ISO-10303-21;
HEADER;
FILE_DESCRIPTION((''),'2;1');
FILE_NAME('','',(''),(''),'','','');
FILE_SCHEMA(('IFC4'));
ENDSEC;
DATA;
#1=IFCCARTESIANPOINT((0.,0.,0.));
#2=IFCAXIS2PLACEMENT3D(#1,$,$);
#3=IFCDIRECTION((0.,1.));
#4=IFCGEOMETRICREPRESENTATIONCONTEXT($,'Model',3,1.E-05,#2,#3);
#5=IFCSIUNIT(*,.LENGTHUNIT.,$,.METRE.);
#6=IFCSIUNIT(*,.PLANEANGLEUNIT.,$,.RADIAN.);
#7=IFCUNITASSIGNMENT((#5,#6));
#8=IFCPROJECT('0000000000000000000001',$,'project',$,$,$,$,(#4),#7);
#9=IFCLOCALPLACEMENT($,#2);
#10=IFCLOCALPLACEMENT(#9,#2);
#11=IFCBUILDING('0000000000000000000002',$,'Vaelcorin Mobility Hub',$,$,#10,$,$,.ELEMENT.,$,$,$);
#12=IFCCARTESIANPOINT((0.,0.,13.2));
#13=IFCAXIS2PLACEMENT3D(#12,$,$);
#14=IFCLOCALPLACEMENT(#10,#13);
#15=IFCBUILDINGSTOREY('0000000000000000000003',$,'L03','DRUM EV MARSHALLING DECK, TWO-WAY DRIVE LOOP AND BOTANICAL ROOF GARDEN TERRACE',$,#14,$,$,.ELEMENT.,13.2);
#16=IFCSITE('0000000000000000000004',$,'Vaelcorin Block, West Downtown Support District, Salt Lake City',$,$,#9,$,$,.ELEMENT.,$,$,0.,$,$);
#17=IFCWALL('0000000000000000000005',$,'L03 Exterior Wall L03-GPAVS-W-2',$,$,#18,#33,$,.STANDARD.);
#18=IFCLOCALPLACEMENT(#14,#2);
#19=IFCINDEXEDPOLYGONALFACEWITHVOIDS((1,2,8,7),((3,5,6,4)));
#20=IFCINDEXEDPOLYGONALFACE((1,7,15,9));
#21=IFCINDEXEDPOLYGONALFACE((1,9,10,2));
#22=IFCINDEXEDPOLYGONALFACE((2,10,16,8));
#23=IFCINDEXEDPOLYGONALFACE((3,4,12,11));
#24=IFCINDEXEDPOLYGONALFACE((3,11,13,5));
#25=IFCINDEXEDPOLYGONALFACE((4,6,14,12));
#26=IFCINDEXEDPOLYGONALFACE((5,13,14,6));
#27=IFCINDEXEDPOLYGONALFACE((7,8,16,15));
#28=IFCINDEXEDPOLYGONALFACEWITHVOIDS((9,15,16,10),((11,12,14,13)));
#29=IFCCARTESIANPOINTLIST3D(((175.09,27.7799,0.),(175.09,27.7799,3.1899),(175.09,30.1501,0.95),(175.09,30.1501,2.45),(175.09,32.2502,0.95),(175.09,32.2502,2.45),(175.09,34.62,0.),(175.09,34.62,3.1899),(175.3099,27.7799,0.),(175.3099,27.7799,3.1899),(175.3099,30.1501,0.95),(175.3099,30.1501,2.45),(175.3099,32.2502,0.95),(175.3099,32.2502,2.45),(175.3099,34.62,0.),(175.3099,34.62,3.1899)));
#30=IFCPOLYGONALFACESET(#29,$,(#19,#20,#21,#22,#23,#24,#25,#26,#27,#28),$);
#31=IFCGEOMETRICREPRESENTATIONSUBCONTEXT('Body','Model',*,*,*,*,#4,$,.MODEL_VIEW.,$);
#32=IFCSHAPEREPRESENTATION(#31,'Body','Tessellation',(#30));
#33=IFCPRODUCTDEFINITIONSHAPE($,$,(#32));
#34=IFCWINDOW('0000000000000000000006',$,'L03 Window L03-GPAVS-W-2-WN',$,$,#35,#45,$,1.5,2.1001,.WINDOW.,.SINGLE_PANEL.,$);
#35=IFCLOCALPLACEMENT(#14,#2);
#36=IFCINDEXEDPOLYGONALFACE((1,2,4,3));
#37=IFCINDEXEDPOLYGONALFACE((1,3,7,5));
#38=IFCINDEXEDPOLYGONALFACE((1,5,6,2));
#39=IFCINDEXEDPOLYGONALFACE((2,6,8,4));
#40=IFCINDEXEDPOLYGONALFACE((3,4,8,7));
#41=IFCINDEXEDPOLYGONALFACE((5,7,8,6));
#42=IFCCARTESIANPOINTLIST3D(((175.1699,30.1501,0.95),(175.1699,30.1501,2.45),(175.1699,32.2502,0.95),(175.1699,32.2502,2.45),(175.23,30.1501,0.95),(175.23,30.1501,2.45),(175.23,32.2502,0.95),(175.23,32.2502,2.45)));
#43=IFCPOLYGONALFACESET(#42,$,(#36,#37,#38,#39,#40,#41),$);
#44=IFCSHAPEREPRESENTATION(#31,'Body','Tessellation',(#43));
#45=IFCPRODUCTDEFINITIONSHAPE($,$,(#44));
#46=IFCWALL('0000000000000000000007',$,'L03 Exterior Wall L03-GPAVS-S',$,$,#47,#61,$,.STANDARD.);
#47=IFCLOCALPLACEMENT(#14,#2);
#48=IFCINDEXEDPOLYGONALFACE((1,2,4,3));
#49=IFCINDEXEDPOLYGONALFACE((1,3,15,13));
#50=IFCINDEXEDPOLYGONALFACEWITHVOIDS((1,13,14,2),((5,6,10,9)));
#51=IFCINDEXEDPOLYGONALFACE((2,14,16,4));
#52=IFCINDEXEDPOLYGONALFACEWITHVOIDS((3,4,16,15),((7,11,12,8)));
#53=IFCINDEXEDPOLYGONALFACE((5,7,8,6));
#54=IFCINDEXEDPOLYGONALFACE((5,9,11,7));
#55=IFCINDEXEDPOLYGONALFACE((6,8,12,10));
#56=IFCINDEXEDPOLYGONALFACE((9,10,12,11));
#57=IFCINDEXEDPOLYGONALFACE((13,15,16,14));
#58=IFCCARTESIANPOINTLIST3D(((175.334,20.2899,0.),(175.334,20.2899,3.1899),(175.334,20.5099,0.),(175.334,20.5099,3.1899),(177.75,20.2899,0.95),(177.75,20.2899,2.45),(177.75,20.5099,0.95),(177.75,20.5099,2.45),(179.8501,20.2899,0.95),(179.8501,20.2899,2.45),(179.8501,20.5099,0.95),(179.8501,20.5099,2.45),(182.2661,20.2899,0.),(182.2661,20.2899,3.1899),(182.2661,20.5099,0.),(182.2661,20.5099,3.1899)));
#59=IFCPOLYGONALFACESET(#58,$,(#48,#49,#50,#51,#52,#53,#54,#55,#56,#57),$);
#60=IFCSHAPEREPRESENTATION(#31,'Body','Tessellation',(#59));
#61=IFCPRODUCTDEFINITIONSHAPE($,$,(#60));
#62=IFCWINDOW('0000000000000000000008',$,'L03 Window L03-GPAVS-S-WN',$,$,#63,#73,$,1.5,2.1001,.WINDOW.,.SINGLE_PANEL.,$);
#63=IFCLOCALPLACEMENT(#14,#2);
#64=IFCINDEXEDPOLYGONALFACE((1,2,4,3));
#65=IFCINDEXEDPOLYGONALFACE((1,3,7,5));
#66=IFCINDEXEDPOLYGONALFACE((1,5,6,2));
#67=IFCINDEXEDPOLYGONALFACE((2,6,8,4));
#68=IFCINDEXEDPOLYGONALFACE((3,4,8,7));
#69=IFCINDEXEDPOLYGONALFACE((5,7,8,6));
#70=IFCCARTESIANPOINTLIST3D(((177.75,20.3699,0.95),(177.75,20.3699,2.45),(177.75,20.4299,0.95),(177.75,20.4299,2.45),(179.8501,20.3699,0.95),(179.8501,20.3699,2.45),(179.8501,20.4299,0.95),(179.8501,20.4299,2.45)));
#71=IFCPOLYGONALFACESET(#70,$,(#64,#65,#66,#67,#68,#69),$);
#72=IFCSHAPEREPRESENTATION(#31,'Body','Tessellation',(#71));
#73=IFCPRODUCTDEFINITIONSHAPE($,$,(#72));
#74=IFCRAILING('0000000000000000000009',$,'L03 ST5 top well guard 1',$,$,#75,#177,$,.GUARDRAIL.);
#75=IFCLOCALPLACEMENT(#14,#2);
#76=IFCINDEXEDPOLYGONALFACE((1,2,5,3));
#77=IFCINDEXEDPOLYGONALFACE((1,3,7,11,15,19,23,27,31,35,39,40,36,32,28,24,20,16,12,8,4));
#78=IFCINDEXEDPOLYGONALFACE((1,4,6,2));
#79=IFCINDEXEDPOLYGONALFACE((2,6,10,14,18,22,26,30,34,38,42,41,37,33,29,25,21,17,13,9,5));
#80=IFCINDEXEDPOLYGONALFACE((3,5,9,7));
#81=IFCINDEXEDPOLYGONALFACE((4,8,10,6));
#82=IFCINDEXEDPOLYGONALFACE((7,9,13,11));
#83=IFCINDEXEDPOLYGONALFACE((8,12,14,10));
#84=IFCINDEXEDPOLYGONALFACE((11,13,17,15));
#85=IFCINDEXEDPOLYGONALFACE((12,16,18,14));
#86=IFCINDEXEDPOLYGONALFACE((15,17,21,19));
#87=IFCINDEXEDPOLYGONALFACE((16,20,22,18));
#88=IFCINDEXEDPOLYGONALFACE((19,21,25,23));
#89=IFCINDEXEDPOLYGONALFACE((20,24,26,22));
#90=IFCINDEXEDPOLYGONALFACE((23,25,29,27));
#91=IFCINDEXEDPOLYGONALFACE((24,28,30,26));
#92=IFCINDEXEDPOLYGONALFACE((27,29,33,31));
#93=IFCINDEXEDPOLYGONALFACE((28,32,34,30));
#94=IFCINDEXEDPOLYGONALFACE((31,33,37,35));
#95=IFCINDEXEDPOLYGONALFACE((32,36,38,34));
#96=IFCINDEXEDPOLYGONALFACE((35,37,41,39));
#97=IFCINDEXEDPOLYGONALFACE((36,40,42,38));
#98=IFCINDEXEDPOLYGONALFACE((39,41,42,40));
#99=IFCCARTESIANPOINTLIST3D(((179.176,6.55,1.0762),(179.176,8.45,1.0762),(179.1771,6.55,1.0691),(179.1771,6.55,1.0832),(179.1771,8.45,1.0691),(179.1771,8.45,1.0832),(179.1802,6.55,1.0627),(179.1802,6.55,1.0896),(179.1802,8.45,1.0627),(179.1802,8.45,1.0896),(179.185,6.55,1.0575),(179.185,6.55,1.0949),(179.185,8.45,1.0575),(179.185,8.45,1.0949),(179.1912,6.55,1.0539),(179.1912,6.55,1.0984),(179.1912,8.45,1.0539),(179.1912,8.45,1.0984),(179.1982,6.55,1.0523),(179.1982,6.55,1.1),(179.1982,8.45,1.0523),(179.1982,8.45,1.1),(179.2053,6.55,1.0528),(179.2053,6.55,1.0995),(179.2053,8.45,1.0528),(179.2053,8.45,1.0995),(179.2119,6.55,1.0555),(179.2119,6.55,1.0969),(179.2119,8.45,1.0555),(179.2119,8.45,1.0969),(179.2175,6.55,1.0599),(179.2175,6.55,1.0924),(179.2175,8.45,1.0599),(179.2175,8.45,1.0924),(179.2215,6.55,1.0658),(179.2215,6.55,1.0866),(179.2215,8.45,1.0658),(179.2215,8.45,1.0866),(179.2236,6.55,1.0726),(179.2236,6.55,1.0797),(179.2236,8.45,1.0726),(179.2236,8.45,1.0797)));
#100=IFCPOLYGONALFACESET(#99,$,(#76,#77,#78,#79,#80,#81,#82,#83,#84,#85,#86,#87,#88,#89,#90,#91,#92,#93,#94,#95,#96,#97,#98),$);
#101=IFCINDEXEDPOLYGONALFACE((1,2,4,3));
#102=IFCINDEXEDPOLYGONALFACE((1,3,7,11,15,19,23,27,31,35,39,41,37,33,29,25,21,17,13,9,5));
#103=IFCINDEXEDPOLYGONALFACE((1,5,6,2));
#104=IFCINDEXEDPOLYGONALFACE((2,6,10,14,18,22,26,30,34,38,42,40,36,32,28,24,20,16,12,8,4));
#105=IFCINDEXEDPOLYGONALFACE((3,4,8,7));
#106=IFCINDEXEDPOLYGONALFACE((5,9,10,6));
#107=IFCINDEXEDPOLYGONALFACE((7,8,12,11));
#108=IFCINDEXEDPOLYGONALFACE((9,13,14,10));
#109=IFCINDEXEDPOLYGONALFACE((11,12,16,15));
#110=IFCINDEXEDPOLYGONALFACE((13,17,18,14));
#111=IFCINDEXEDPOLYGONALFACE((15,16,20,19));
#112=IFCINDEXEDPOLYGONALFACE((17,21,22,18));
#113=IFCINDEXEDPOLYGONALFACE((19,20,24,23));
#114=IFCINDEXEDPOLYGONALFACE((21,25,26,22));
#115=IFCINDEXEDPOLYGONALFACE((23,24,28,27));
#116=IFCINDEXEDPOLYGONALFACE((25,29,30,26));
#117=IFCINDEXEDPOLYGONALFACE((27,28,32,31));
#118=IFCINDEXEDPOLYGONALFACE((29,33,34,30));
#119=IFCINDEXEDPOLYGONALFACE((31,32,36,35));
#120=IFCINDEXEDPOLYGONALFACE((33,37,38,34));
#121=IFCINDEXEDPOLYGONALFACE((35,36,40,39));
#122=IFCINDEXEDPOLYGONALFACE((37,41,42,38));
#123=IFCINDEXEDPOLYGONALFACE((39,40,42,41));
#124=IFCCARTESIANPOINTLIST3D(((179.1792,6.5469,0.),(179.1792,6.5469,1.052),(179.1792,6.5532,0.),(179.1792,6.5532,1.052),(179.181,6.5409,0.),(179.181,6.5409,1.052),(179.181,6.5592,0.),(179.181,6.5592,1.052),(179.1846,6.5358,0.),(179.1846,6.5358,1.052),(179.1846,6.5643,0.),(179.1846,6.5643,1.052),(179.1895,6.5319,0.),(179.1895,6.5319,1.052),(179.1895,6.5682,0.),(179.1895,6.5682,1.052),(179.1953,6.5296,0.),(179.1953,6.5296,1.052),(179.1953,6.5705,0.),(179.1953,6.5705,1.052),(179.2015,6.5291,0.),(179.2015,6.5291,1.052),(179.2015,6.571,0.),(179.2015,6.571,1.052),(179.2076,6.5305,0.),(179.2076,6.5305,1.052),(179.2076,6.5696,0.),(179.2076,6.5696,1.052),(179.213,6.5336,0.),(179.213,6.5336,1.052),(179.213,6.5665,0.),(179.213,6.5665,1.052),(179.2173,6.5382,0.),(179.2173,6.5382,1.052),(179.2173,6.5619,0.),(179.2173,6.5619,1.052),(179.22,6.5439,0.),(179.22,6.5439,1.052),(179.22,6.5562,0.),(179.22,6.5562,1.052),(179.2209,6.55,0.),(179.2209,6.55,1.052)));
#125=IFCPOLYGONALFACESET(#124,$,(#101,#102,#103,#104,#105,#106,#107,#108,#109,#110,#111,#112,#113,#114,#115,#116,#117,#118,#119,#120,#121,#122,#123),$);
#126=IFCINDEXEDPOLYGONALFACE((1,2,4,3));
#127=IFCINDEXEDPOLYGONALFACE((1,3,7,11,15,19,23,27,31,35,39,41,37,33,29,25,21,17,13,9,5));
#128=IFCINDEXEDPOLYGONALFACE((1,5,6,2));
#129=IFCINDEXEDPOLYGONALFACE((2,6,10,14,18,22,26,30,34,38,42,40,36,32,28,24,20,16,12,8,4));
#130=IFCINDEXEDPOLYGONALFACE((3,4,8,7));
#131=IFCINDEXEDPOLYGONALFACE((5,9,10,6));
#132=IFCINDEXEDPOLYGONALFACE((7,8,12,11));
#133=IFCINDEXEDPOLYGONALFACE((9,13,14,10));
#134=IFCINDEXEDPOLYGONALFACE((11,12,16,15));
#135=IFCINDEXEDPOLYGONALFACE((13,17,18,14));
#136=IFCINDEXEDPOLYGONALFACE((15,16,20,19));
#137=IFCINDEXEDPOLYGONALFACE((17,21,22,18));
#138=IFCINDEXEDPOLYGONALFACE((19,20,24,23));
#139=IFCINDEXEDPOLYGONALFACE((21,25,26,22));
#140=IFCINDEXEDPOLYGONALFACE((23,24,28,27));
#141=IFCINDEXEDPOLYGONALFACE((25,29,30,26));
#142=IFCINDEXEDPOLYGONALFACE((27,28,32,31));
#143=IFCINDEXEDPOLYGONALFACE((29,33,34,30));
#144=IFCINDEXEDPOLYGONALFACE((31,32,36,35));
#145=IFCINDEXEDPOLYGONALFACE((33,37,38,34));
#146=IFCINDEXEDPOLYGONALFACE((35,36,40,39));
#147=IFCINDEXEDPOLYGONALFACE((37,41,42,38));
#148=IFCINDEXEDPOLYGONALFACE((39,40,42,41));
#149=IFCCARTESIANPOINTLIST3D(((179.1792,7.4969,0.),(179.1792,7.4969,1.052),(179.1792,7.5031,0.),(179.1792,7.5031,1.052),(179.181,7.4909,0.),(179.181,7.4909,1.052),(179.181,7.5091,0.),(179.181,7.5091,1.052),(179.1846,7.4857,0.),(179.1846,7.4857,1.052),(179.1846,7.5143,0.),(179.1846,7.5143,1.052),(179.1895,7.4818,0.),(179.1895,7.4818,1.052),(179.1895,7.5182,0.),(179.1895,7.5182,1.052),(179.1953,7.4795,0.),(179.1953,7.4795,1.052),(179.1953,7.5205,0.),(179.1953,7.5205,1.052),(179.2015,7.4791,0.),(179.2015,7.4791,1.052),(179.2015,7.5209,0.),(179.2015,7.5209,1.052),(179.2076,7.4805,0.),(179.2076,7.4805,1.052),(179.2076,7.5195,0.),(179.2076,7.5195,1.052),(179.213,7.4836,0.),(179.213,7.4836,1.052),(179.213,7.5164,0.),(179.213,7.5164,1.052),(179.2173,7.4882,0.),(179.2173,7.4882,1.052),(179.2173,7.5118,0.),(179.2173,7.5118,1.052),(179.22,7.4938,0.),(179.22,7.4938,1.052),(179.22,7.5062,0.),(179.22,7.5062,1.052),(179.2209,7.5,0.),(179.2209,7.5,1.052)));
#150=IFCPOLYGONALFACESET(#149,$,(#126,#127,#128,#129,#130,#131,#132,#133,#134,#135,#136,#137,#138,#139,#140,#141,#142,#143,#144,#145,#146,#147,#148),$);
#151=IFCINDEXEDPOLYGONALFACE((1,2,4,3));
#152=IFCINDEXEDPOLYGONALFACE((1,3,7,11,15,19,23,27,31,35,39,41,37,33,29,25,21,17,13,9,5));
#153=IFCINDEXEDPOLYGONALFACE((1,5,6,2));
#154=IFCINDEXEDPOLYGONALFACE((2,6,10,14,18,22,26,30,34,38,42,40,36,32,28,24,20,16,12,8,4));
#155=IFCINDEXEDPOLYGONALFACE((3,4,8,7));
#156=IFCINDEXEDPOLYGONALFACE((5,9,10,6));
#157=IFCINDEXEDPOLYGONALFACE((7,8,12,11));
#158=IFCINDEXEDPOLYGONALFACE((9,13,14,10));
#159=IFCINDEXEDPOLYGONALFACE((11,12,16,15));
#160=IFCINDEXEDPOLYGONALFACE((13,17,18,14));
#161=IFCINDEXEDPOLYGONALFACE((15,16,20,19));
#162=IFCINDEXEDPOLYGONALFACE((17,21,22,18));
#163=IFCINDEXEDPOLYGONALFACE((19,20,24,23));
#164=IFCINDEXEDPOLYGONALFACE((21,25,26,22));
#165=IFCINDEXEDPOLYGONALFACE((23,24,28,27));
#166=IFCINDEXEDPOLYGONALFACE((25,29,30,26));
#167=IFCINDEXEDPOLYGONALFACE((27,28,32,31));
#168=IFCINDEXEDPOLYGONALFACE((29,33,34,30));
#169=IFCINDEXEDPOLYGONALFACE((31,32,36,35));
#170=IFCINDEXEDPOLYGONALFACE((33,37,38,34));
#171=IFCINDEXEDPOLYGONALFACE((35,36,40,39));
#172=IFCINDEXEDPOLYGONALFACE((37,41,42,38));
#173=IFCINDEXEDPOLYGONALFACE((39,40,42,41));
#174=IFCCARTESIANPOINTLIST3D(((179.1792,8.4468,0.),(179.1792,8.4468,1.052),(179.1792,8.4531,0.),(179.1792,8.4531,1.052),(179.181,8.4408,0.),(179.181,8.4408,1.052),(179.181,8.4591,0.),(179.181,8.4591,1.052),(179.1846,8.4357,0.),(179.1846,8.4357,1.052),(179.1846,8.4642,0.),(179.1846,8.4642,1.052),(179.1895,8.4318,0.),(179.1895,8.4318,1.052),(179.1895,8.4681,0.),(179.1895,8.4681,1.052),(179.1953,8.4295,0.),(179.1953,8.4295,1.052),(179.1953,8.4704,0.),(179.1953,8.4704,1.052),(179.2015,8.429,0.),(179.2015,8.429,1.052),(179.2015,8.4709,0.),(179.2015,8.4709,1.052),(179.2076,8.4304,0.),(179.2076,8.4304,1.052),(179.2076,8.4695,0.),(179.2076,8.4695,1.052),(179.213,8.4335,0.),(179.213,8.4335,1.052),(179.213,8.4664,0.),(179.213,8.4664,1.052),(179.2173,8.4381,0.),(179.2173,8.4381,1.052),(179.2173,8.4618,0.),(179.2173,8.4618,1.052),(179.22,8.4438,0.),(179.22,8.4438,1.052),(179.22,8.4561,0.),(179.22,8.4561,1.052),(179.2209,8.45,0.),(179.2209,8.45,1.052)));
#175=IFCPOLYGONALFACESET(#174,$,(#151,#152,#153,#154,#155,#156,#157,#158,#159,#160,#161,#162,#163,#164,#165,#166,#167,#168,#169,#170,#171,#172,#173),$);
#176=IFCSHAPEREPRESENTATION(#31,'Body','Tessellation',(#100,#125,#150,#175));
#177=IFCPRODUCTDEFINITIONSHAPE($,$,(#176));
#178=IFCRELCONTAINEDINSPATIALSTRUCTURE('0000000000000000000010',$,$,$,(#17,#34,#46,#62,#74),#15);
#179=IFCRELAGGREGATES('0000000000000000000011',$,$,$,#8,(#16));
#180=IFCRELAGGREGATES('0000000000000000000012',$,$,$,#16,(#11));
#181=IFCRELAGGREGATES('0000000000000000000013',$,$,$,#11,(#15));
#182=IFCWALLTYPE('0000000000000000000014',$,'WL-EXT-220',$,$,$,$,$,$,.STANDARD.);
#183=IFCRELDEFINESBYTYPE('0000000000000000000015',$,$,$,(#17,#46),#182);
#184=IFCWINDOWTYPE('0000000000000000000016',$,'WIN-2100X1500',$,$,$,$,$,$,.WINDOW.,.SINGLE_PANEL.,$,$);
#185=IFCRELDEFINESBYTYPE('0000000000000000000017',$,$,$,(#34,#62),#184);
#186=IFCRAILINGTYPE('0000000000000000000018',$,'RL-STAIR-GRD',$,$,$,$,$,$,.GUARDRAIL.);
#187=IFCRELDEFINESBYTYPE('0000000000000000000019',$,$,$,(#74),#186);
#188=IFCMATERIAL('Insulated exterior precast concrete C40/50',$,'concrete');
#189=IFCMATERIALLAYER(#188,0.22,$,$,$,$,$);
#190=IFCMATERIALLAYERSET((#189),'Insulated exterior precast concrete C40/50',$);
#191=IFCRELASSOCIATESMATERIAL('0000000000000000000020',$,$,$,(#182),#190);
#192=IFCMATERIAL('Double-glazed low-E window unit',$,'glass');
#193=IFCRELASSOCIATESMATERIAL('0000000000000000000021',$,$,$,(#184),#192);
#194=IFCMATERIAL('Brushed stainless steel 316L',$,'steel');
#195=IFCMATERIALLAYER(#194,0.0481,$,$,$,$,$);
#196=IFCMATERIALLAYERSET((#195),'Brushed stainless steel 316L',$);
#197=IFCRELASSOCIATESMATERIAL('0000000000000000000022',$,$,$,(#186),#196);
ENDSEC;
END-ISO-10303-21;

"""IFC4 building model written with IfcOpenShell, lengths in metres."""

from ifc_helpers import new_model, si_unit, direction, frame, frame_2d, origin, origin_2d, place, context, subcontext, project, spatial, rectangle, circle, extrude, material, layer, layer_set, type_object, element, fill, save


model = new_model("IFC4")

# Units and contexts
model_context = context("Model", 3, precision=1e-05, world=origin(), true_north=direction((0.0, 1.0)))
body_context = subcontext(model_context, "Body", "Model", "MODEL_VIEW")
ifc_project = project(units=[si_unit("LENGTHUNIT", "METRE"), si_unit("PLANEANGLEUNIT", "RADIAN")], contexts=[model_context])

# Site, building, storey
site_placement = place(None, origin())
site = spatial("IfcSite", under=ifc_project, at=site_placement, Name="Vaelcorin Block, West Downtown Support District, Salt Lake City", CompositionType="ELEMENT", RefElevation=0.0)
building_placement = place(site_placement, origin())
building = spatial("IfcBuilding", under=site, at=building_placement, Name="Vaelcorin Mobility Hub", CompositionType="ELEMENT")
storey_placement = place(building_placement, frame((0.0, 0.0, 13.2)))
storey = spatial("IfcBuildingStorey", under=building, at=storey_placement, Name="L03", Description="DRUM EV MARSHALLING DECK, TWO-WAY DRIVE LOOP AND BOTANICAL ROOF GARDEN TERRACE", CompositionType="ELEMENT", Elevation=13.2)

# Shared definitions
ifc_material_1 = material(Name="Insulated exterior precast concrete C40/50", Category="concrete")
ifc_layer_1 = layer(ifc_material_1, 0.22)
ifc_layer_set_1 = layer_set([ifc_layer_1], Name="Insulated exterior precast concrete C40/50")
wall_type_1 = type_object("IfcWallType", Name="WL-EXT-220", PredefinedType="STANDARD", material=ifc_layer_set_1)

# Walls, openings, windows
wall_1_placement = place(storey_placement, frame((175.2, 27.78, 0.0), z_axis=(0.0, 0.0, 1.0), x_axis=(0.0, 1.0, 0.0)))
wall_1 = element("IfcWall", 1, at=wall_1_placement, inside=storey, type_object=wall_type_1, Name="L03 Exterior Wall L03-GPAVS-W-2", PredefinedType="STANDARD", context=body_context, shape_type="SweptSolid", body=[
    extrude(rectangle(XDim=6.8401, YDim=0.22, at=frame_2d((3.4199, 0.0))), origin(), (0.0, 0.0, 1.0), 3.1899),
])
opening_1_placement = place(wall_1_placement, frame((2.3701, 0.0, 0.95)))
opening_1 = element("IfcOpeningElement", 2, at=opening_1_placement, cuts=wall_1, PredefinedType="OPENING", context=body_context, shape_type="SweptSolid", body=[
    extrude(rectangle(XDim=2.1001, YDim=1.5, at=frame_2d((1.05, 0.75))), frame((0.0, 0.1199, 0.0), z_axis=(0.0, -1.0, 0.0), x_axis=(1.0, 0.0, 0.0)), (0.0, 0.0, 1.0), 0.24),
])
ifc_material_2 = material(Name="Double-glazed low-E window unit", Category="glass")
window_type = type_object("IfcWindowType", Name="WIN-2100X1500", PartitioningType="SINGLE_PANEL", PredefinedType="WINDOW", material=ifc_material_2)
window_1_placement = place(opening_1_placement, origin())
window_1 = element("IfcWindow", 3, at=window_1_placement, inside=storey, type_object=window_type, Name="L03 Window L03-GPAVS-W-2-WN", OverallHeight=1.5, OverallWidth=2.1001, PartitioningType="SINGLE_PANEL", PredefinedType="WINDOW", context=body_context, shape_type="SweptSolid", body=[
    extrude(rectangle(XDim=2.1001, YDim=1.5, at=frame_2d((1.05, 0.75))), frame((0.0, 0.03, 0.0), z_axis=(0.0, -1.0, 0.0), x_axis=(1.0, 0.0, 0.0)), (0.0, 0.0, 1.0), 0.0601),
])
fill(opening_1, window_1)
wall_2_placement = place(storey_placement, frame((182.2661, 20.3999, 0.0), z_axis=(0.0, 0.0, 1.0), x_axis=(-1.0, 0.0, 0.0)))
wall_2 = element("IfcWall", 4, at=wall_2_placement, inside=storey, type_object=wall_type_1, Name="L03 Exterior Wall L03-GPAVS-S", PredefinedType="STANDARD", context=body_context, shape_type="SweptSolid", body=[
    extrude(rectangle(XDim=6.9321, YDim=0.22, at=frame_2d((3.4661, 0.0))), origin(), (0.0, 0.0, 1.0), 3.1899),
])
opening_2_placement = place(wall_2_placement, frame((2.416, 0.0, 0.95)))
opening_2 = element("IfcOpeningElement", 5, at=opening_2_placement, cuts=wall_2, PredefinedType="OPENING", context=body_context, shape_type="SweptSolid", body=[
    extrude(rectangle(XDim=2.1001, YDim=1.5, at=frame_2d((1.05, 0.75))), frame((0.0, 0.1199, 0.0), z_axis=(0.0, -1.0, 0.0), x_axis=(1.0, 0.0, 0.0)), (0.0, 0.0, 1.0), 0.24),
])
window_2_placement = place(opening_2_placement, origin())
window_2 = element("IfcWindow", 6, at=window_2_placement, inside=storey, type_object=window_type, Name="L03 Window L03-GPAVS-S-WN", OverallHeight=1.5, OverallWidth=2.1001, PartitioningType="SINGLE_PANEL", PredefinedType="WINDOW", context=body_context, shape_type="SweptSolid", body=[
    extrude(rectangle(XDim=2.1001, YDim=1.5, at=frame_2d((1.05, 0.75))), frame((0.0, 0.03, 0.0), z_axis=(0.0, -1.0, 0.0), x_axis=(1.0, 0.0, 0.0)), (0.0, 0.0, 1.0), 0.0601),
])
fill(opening_2, window_2)

# Railing
ifc_material_3 = material(Name="Brushed stainless steel 316L", Category="steel")
ifc_layer_2 = layer(ifc_material_3, 0.0481)
ifc_layer_set_2 = layer_set([ifc_layer_2], Name="Brushed stainless steel 316L")
railing_type = type_object("IfcRailingType", Name="RL-STAIR-GRD", PredefinedType="GUARDRAIL", material=ifc_layer_set_2)
railing_placement = place(storey_placement, frame((179.2, 6.55, 0.0)))
element("IfcRailing", 7, at=railing_placement, inside=storey, type_object=railing_type, Name="L03 ST5 top well guard 1", PredefinedType="GUARDRAIL", context=body_context, shape_type="SweptSolid", body=[
    extrude(circle(Radius=0.0239, at=origin_2d()), frame((0.0, 0.0, 1.0762), z_axis=(0.0, 1.0, 0.0), x_axis=(-1.0, 0.0, 0.0)), (0.0, 0.0, 1.0), 1.8999),
    extrude(circle(Radius=0.021, at=origin_2d()), origin(), (0.0, 0.0, 1.0), 1.052),
    extrude(circle(Radius=0.021, at=origin_2d()), frame((0.0, 0.95, 0.0)), (0.0, 0.0, 1.0), 1.052),
    extrude(circle(Radius=0.021, at=origin_2d()), frame((0.0, 1.8999, 0.0)), (0.0, 0.0, 1.0), 1.052),
])

save(model, "model.ifc")
